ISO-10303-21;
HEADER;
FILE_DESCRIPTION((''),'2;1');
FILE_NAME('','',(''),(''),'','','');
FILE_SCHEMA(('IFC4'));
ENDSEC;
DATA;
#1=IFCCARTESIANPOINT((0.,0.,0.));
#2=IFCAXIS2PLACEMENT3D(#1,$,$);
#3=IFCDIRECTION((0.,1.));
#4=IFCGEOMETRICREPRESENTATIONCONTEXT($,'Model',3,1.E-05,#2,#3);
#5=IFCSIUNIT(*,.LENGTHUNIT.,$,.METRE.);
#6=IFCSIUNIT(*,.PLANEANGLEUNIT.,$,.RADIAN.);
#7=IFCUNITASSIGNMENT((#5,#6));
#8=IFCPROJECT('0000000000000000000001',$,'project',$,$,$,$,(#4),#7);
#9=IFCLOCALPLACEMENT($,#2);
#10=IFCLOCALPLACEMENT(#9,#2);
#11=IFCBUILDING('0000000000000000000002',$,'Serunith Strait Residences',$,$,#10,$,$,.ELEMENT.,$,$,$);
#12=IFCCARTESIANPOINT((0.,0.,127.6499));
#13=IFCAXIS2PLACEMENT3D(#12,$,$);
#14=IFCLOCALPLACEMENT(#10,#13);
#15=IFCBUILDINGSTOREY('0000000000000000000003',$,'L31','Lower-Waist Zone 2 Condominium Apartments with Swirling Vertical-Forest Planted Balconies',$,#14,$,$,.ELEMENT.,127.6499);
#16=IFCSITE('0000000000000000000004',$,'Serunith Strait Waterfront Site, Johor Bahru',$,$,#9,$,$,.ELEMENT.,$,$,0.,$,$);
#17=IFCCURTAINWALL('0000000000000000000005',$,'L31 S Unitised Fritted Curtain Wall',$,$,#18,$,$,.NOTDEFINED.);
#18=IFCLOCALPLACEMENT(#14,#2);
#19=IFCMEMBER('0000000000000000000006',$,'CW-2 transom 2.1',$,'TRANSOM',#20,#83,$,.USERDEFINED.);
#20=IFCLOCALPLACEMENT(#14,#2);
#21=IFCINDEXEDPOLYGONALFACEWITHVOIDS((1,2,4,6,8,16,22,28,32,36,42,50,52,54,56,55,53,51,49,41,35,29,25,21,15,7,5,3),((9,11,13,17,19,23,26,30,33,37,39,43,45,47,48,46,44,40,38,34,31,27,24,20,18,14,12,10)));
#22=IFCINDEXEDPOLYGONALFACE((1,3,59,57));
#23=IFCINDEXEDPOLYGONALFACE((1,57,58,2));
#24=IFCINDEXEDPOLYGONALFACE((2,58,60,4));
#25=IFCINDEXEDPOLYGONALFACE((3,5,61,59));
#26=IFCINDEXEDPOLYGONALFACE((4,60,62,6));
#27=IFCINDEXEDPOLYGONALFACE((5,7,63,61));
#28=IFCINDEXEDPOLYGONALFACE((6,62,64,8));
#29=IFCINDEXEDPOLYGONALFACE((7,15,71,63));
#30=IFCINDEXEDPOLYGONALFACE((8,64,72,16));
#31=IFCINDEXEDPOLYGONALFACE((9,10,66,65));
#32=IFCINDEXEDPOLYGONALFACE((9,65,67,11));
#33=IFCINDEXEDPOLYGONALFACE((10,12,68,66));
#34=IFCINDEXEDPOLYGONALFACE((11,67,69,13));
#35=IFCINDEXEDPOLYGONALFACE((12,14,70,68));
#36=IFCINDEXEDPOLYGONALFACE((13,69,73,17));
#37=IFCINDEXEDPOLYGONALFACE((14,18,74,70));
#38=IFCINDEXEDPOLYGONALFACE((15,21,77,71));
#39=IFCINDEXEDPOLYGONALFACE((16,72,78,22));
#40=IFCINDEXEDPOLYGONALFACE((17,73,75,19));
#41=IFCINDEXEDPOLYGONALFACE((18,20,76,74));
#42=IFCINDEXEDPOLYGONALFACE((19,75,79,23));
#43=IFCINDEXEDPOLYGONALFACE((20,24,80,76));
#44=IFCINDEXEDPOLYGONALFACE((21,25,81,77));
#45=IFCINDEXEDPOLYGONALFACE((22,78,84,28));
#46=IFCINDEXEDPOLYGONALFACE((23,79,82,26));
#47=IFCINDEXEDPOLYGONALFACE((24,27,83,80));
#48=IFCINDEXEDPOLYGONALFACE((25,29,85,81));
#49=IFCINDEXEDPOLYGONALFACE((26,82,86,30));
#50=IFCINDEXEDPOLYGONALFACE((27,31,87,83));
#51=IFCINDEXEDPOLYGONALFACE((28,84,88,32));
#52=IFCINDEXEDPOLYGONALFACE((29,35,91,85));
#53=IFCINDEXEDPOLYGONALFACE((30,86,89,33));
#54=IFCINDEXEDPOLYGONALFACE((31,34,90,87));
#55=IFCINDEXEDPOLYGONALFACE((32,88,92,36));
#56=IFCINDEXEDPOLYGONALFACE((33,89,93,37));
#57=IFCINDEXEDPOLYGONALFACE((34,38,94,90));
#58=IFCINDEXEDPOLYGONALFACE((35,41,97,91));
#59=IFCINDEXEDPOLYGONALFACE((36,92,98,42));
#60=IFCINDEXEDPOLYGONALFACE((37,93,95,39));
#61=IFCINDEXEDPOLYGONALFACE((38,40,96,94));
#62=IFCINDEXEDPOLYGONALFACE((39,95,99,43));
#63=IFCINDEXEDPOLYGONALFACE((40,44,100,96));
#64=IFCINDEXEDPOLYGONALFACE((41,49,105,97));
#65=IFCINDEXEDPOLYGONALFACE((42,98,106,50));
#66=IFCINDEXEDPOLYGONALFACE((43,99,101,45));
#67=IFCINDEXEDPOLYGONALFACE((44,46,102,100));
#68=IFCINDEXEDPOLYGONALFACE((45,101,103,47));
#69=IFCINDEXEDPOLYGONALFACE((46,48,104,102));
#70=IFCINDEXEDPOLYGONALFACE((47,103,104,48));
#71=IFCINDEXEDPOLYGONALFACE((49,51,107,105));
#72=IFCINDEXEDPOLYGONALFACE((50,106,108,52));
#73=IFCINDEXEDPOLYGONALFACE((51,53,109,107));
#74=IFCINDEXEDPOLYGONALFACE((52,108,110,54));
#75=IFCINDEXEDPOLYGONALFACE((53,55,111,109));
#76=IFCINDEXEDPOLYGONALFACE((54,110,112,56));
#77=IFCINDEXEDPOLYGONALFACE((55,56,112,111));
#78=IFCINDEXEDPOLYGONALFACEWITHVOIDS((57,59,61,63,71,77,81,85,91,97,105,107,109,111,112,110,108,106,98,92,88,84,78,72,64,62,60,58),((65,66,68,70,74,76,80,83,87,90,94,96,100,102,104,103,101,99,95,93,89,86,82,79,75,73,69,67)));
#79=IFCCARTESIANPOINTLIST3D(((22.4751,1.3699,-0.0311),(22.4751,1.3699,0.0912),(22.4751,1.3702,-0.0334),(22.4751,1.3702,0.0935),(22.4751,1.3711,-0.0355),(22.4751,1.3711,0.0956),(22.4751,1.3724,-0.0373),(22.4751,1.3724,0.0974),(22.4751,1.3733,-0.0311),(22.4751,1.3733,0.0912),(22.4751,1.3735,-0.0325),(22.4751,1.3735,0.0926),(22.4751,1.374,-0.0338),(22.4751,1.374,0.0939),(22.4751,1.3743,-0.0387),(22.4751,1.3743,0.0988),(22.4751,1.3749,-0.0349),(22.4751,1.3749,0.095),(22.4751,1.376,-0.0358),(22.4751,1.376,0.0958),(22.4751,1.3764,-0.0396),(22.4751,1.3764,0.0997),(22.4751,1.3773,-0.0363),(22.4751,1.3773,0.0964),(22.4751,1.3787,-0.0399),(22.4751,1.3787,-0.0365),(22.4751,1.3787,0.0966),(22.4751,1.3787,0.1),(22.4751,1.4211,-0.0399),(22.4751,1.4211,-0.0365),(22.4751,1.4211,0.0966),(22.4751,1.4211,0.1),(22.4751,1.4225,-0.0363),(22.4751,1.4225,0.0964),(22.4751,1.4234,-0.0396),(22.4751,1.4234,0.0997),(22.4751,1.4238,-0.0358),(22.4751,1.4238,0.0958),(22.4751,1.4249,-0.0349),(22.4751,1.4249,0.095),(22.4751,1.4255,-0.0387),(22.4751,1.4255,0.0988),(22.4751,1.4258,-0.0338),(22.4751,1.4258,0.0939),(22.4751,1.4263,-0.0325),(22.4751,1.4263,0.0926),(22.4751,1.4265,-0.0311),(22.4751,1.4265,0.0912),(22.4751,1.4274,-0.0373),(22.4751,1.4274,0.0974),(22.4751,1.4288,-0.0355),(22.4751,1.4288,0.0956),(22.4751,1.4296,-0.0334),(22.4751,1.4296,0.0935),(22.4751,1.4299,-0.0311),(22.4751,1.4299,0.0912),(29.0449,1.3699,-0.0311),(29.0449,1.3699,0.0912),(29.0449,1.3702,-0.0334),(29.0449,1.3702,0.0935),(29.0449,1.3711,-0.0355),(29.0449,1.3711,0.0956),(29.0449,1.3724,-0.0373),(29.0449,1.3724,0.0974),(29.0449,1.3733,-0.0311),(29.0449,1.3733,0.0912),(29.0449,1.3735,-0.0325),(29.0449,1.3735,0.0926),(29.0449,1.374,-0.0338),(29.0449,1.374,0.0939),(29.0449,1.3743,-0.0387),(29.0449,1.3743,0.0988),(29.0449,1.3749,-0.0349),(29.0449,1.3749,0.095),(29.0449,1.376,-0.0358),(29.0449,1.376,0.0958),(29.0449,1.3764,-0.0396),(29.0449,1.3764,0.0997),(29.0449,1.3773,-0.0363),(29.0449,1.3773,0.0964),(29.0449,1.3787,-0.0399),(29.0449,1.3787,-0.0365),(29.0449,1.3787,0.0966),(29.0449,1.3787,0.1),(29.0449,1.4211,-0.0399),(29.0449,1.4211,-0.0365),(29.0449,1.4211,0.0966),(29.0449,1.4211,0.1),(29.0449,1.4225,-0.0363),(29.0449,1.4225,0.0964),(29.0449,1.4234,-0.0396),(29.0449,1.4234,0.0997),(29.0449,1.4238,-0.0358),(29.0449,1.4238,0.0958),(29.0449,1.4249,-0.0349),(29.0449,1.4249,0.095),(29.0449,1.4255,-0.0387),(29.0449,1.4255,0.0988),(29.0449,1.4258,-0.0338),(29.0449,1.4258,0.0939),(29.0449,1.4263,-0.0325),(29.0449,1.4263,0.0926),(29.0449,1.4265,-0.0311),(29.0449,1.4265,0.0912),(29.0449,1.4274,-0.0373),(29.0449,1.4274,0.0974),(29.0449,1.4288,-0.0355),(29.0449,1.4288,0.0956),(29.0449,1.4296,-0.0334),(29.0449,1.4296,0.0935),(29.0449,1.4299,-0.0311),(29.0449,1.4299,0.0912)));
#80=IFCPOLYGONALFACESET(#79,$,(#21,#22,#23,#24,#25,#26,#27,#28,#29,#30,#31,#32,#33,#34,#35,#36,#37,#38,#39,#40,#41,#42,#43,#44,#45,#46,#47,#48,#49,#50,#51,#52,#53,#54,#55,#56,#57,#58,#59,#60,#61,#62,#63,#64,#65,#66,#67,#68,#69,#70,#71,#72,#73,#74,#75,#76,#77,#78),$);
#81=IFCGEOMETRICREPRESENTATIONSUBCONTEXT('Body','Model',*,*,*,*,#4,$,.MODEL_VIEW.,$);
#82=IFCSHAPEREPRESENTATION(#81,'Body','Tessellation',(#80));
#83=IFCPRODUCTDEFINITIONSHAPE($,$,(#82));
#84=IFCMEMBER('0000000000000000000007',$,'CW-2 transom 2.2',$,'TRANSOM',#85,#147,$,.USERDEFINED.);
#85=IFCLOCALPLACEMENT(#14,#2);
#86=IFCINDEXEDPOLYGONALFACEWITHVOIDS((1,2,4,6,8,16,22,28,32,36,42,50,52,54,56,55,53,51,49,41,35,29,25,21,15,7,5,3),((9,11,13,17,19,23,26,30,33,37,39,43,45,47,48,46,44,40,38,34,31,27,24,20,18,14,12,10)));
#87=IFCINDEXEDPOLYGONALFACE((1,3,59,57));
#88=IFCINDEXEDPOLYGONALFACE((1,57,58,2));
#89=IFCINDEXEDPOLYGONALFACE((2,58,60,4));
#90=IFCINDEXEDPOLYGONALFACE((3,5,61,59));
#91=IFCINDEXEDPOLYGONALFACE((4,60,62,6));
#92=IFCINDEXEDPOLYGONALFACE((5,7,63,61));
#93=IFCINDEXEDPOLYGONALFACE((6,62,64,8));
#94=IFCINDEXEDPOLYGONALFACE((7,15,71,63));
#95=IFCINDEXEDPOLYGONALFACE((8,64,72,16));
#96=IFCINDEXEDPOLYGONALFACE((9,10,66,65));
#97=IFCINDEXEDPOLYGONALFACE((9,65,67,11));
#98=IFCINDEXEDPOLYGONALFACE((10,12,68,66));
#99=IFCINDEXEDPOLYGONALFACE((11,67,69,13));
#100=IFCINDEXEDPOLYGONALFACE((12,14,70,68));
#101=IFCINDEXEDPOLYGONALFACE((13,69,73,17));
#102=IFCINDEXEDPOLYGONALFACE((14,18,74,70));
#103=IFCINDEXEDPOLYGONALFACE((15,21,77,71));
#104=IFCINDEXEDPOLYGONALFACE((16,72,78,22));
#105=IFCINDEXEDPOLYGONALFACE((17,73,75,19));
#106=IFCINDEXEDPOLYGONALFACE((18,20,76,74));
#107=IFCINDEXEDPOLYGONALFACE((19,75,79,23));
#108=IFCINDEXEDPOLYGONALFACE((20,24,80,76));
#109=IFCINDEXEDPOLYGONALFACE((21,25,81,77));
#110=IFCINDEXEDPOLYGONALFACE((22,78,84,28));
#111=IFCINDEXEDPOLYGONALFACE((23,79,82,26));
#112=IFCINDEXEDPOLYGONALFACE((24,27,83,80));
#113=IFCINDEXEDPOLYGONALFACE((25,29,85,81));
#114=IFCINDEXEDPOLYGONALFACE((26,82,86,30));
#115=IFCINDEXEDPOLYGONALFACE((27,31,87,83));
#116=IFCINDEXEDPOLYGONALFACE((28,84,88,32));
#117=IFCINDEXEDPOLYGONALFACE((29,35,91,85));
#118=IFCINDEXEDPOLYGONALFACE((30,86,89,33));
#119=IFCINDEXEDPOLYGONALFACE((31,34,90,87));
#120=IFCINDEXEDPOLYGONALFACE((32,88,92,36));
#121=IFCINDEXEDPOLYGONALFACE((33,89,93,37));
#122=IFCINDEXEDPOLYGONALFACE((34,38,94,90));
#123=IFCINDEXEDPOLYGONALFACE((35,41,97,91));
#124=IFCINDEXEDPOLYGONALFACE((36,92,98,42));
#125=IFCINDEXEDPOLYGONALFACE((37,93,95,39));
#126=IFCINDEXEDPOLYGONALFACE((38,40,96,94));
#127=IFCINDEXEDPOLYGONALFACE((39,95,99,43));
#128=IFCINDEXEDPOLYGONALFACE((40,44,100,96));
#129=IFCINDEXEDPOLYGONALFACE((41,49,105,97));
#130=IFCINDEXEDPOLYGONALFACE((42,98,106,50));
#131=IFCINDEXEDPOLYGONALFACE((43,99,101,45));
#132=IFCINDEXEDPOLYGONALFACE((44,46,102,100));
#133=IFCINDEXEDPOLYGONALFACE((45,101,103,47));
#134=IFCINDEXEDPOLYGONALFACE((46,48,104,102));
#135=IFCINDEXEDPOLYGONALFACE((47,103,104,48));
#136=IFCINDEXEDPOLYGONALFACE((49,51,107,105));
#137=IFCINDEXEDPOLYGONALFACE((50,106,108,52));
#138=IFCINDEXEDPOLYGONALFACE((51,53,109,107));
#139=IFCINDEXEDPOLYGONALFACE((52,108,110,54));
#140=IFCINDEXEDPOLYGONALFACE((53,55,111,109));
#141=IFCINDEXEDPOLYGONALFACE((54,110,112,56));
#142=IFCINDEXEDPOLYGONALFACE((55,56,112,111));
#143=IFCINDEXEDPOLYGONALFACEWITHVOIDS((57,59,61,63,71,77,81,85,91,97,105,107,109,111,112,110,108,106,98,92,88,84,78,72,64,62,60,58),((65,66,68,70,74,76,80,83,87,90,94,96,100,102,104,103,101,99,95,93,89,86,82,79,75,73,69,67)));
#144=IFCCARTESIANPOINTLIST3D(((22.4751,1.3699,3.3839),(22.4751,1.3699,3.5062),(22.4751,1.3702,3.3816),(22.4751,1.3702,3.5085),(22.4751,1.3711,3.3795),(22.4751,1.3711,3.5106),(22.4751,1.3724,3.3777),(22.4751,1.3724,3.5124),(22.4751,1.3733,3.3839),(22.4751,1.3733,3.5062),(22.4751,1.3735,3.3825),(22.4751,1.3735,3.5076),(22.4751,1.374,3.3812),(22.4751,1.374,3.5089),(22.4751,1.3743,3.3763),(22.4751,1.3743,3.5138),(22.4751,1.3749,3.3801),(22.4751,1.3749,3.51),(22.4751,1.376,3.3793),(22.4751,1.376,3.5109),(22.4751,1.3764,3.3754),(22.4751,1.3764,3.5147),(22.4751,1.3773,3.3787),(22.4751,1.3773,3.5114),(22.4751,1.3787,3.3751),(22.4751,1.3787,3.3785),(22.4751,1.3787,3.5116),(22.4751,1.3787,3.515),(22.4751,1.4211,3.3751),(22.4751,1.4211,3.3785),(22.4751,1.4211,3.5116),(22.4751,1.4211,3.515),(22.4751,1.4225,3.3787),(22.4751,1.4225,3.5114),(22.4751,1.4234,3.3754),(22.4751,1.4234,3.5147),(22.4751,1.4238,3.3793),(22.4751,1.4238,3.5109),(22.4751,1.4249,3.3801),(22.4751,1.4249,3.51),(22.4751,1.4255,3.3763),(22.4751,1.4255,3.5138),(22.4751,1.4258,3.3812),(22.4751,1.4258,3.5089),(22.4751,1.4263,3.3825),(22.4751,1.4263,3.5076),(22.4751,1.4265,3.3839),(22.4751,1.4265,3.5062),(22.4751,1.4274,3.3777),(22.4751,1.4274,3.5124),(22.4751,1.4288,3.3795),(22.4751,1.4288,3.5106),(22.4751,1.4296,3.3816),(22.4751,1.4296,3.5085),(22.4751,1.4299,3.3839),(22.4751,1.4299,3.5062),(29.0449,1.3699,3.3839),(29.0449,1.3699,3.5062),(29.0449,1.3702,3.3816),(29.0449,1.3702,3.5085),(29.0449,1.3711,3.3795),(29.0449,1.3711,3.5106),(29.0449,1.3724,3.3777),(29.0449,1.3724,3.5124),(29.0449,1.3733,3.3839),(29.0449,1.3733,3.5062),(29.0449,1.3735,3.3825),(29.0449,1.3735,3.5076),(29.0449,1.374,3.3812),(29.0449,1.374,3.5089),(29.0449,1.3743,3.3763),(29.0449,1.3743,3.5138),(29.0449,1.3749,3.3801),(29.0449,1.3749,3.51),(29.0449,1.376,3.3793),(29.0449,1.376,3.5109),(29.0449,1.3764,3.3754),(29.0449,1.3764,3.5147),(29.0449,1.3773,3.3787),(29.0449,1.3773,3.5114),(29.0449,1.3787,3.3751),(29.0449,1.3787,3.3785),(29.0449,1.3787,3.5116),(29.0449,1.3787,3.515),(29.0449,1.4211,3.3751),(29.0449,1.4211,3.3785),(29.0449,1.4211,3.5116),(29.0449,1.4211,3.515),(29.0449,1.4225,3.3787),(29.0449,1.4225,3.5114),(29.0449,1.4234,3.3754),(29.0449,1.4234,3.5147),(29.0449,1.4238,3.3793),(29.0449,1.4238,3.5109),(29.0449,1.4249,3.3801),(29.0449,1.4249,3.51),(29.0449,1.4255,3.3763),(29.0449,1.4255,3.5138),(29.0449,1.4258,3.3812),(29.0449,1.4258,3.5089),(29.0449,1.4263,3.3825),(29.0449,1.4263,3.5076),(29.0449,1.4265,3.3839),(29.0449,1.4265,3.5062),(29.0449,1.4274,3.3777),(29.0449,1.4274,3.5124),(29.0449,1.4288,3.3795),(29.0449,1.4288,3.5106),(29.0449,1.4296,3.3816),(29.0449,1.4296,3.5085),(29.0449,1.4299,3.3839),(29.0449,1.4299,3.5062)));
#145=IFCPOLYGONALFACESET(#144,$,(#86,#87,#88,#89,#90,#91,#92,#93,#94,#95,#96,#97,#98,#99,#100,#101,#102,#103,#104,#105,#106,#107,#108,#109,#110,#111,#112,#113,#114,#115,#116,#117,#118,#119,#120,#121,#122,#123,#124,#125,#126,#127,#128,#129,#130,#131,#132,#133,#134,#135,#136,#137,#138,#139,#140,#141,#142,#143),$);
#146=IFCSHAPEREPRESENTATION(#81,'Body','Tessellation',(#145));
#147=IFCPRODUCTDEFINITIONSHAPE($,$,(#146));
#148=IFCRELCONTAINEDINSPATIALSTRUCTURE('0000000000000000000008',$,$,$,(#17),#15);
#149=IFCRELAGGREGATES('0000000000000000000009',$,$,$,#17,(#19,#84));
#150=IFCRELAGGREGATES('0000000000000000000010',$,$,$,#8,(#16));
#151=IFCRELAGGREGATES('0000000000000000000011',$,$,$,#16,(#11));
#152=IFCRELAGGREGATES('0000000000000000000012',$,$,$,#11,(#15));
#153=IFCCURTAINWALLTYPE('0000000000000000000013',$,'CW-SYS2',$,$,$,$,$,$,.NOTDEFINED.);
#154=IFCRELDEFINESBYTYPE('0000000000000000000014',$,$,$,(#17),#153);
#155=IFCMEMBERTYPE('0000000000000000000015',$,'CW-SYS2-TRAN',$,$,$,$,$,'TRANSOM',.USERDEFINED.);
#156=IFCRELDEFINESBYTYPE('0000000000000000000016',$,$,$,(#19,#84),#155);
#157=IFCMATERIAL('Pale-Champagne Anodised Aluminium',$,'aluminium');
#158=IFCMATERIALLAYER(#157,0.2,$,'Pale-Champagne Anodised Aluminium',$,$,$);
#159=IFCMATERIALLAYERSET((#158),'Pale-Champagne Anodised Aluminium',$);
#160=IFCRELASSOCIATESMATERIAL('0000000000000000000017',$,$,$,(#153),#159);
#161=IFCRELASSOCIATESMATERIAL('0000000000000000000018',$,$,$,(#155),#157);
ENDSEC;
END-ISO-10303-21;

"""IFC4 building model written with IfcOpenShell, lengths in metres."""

from ifc_helpers import new_model, si_unit, direction, frame, origin, origin_2d, place, context, subcontext, project, spatial, hollow_rectangle, extrude, source, transform, mapped, material, layer, layer_set, material_profile, profile_set, type_object, element, aggregate, save


model = new_model("IFC4")

# Units and contexts
model_context = context("Model", 3, precision=1e-05, world=origin(), true_north=direction((0.0, 1.0)))
body_context = subcontext(model_context, "Body", "Model", "MODEL_VIEW")
ifc_project = project(units=[si_unit("LENGTHUNIT", "METRE"), si_unit("PLANEANGLEUNIT", "RADIAN")], contexts=[model_context])

# Site, building, storey
site_placement = place(None, origin())
site = spatial("IfcSite", under=ifc_project, at=site_placement, Name="Serunith Strait Waterfront Site, Johor Bahru", CompositionType="ELEMENT", RefElevation=0.0)
building_placement = place(site_placement, origin())
building = spatial("IfcBuilding", under=site, at=building_placement, Name="Serunith Strait Residences", CompositionType="ELEMENT")
storey_placement = place(building_placement, frame((0.0, 0.0, 127.6499)))
storey = spatial("IfcBuildingStorey", under=building, at=storey_placement, Name="L31", Description="Lower-Waist Zone 2 Condominium Apartments with Swirling Vertical-Forest Planted Balconies", CompositionType="ELEMENT", Elevation=127.6499)

# Curtain wall, members
ifc_material_1 = material(Name="Pale-Champagne Anodised Aluminium", Category="aluminium")
ifc_layer_1 = layer(ifc_material_1, 0.2, Name="Pale-Champagne Anodised Aluminium")
ifc_layer_set_1 = layer_set([ifc_layer_1], Name="Pale-Champagne Anodised Aluminium")
curtain_wall_type = type_object("IfcCurtainWallType", Name="CW-SYS2", PredefinedType="NOTDEFINED", material=ifc_layer_set_1)
curtain_wall_placement = place(storey_placement, origin())
curtain_wall = element("IfcCurtainWall", 1, at=curtain_wall_placement, inside=storey, type_object=curtain_wall_type, Name="L31 S Unitised Fritted Curtain Wall", PredefinedType="NOTDEFINED")
ifc_material_profile_1 = material_profile(ifc_material_1, hollow_rectangle(XDim=0.0601, YDim=0.1399, WallThickness=0.0034, InnerFilletRadius=0.0054, OuterFilletRadius=0.0088, at=origin_2d()), Name="ALU 140x60x3.5")
ifc_profile_set_1 = profile_set([ifc_material_profile_1], Name="Pale-Champagne Anodised Aluminium")
member_type_1 = type_object("IfcMemberType", Name="CW-SYS2-TRAN", ElementType="TRANSOM", PredefinedType="USERDEFINED", material=ifc_profile_set_1)
shared_shape_1 = source(origin(), body_context, "Body", "SweptSolid", [
    extrude(hollow_rectangle(XDim=0.0601, YDim=0.1399, WallThickness=0.0034, InnerFilletRadius=0.0054, OuterFilletRadius=0.0088, at=origin_2d()), origin(), (0.0, 0.0, 1.0), 6.5698),
])
member_1_placement = place(storey_placement, frame((22.4751, 1.3999, 0.03), z_axis=(1.0, 0.0, 0.0), x_axis=(0.0, 1.0, 0.0)))
member_1 = element("IfcMember", 2, at=member_1_placement, type_object=member_type_1, Name="CW-2 transom 2.1", ObjectType="TRANSOM", PredefinedType="USERDEFINED", context=body_context, shape_type="MappedRepresentation", body=[
    mapped(shared_shape_1, transform((0.0, 0.0, 0.0), scale=1.0)),
])
member_2_placement = place(storey_placement, frame((22.4751, 1.3999, 3.4451), z_axis=(1.0, 0.0, 0.0), x_axis=(0.0, 1.0, 0.0)))
member_2 = element("IfcMember", 3, at=member_2_placement, type_object=member_type_1, Name="CW-2 transom 2.2", ObjectType="TRANSOM", PredefinedType="USERDEFINED", context=body_context, shape_type="MappedRepresentation", body=[
    mapped(shared_shape_1, transform((0.0, 0.0, 0.0), scale=1.0)),
])
aggregate(curtain_wall, [member_1, member_2])

save(model, "model.ifc")
